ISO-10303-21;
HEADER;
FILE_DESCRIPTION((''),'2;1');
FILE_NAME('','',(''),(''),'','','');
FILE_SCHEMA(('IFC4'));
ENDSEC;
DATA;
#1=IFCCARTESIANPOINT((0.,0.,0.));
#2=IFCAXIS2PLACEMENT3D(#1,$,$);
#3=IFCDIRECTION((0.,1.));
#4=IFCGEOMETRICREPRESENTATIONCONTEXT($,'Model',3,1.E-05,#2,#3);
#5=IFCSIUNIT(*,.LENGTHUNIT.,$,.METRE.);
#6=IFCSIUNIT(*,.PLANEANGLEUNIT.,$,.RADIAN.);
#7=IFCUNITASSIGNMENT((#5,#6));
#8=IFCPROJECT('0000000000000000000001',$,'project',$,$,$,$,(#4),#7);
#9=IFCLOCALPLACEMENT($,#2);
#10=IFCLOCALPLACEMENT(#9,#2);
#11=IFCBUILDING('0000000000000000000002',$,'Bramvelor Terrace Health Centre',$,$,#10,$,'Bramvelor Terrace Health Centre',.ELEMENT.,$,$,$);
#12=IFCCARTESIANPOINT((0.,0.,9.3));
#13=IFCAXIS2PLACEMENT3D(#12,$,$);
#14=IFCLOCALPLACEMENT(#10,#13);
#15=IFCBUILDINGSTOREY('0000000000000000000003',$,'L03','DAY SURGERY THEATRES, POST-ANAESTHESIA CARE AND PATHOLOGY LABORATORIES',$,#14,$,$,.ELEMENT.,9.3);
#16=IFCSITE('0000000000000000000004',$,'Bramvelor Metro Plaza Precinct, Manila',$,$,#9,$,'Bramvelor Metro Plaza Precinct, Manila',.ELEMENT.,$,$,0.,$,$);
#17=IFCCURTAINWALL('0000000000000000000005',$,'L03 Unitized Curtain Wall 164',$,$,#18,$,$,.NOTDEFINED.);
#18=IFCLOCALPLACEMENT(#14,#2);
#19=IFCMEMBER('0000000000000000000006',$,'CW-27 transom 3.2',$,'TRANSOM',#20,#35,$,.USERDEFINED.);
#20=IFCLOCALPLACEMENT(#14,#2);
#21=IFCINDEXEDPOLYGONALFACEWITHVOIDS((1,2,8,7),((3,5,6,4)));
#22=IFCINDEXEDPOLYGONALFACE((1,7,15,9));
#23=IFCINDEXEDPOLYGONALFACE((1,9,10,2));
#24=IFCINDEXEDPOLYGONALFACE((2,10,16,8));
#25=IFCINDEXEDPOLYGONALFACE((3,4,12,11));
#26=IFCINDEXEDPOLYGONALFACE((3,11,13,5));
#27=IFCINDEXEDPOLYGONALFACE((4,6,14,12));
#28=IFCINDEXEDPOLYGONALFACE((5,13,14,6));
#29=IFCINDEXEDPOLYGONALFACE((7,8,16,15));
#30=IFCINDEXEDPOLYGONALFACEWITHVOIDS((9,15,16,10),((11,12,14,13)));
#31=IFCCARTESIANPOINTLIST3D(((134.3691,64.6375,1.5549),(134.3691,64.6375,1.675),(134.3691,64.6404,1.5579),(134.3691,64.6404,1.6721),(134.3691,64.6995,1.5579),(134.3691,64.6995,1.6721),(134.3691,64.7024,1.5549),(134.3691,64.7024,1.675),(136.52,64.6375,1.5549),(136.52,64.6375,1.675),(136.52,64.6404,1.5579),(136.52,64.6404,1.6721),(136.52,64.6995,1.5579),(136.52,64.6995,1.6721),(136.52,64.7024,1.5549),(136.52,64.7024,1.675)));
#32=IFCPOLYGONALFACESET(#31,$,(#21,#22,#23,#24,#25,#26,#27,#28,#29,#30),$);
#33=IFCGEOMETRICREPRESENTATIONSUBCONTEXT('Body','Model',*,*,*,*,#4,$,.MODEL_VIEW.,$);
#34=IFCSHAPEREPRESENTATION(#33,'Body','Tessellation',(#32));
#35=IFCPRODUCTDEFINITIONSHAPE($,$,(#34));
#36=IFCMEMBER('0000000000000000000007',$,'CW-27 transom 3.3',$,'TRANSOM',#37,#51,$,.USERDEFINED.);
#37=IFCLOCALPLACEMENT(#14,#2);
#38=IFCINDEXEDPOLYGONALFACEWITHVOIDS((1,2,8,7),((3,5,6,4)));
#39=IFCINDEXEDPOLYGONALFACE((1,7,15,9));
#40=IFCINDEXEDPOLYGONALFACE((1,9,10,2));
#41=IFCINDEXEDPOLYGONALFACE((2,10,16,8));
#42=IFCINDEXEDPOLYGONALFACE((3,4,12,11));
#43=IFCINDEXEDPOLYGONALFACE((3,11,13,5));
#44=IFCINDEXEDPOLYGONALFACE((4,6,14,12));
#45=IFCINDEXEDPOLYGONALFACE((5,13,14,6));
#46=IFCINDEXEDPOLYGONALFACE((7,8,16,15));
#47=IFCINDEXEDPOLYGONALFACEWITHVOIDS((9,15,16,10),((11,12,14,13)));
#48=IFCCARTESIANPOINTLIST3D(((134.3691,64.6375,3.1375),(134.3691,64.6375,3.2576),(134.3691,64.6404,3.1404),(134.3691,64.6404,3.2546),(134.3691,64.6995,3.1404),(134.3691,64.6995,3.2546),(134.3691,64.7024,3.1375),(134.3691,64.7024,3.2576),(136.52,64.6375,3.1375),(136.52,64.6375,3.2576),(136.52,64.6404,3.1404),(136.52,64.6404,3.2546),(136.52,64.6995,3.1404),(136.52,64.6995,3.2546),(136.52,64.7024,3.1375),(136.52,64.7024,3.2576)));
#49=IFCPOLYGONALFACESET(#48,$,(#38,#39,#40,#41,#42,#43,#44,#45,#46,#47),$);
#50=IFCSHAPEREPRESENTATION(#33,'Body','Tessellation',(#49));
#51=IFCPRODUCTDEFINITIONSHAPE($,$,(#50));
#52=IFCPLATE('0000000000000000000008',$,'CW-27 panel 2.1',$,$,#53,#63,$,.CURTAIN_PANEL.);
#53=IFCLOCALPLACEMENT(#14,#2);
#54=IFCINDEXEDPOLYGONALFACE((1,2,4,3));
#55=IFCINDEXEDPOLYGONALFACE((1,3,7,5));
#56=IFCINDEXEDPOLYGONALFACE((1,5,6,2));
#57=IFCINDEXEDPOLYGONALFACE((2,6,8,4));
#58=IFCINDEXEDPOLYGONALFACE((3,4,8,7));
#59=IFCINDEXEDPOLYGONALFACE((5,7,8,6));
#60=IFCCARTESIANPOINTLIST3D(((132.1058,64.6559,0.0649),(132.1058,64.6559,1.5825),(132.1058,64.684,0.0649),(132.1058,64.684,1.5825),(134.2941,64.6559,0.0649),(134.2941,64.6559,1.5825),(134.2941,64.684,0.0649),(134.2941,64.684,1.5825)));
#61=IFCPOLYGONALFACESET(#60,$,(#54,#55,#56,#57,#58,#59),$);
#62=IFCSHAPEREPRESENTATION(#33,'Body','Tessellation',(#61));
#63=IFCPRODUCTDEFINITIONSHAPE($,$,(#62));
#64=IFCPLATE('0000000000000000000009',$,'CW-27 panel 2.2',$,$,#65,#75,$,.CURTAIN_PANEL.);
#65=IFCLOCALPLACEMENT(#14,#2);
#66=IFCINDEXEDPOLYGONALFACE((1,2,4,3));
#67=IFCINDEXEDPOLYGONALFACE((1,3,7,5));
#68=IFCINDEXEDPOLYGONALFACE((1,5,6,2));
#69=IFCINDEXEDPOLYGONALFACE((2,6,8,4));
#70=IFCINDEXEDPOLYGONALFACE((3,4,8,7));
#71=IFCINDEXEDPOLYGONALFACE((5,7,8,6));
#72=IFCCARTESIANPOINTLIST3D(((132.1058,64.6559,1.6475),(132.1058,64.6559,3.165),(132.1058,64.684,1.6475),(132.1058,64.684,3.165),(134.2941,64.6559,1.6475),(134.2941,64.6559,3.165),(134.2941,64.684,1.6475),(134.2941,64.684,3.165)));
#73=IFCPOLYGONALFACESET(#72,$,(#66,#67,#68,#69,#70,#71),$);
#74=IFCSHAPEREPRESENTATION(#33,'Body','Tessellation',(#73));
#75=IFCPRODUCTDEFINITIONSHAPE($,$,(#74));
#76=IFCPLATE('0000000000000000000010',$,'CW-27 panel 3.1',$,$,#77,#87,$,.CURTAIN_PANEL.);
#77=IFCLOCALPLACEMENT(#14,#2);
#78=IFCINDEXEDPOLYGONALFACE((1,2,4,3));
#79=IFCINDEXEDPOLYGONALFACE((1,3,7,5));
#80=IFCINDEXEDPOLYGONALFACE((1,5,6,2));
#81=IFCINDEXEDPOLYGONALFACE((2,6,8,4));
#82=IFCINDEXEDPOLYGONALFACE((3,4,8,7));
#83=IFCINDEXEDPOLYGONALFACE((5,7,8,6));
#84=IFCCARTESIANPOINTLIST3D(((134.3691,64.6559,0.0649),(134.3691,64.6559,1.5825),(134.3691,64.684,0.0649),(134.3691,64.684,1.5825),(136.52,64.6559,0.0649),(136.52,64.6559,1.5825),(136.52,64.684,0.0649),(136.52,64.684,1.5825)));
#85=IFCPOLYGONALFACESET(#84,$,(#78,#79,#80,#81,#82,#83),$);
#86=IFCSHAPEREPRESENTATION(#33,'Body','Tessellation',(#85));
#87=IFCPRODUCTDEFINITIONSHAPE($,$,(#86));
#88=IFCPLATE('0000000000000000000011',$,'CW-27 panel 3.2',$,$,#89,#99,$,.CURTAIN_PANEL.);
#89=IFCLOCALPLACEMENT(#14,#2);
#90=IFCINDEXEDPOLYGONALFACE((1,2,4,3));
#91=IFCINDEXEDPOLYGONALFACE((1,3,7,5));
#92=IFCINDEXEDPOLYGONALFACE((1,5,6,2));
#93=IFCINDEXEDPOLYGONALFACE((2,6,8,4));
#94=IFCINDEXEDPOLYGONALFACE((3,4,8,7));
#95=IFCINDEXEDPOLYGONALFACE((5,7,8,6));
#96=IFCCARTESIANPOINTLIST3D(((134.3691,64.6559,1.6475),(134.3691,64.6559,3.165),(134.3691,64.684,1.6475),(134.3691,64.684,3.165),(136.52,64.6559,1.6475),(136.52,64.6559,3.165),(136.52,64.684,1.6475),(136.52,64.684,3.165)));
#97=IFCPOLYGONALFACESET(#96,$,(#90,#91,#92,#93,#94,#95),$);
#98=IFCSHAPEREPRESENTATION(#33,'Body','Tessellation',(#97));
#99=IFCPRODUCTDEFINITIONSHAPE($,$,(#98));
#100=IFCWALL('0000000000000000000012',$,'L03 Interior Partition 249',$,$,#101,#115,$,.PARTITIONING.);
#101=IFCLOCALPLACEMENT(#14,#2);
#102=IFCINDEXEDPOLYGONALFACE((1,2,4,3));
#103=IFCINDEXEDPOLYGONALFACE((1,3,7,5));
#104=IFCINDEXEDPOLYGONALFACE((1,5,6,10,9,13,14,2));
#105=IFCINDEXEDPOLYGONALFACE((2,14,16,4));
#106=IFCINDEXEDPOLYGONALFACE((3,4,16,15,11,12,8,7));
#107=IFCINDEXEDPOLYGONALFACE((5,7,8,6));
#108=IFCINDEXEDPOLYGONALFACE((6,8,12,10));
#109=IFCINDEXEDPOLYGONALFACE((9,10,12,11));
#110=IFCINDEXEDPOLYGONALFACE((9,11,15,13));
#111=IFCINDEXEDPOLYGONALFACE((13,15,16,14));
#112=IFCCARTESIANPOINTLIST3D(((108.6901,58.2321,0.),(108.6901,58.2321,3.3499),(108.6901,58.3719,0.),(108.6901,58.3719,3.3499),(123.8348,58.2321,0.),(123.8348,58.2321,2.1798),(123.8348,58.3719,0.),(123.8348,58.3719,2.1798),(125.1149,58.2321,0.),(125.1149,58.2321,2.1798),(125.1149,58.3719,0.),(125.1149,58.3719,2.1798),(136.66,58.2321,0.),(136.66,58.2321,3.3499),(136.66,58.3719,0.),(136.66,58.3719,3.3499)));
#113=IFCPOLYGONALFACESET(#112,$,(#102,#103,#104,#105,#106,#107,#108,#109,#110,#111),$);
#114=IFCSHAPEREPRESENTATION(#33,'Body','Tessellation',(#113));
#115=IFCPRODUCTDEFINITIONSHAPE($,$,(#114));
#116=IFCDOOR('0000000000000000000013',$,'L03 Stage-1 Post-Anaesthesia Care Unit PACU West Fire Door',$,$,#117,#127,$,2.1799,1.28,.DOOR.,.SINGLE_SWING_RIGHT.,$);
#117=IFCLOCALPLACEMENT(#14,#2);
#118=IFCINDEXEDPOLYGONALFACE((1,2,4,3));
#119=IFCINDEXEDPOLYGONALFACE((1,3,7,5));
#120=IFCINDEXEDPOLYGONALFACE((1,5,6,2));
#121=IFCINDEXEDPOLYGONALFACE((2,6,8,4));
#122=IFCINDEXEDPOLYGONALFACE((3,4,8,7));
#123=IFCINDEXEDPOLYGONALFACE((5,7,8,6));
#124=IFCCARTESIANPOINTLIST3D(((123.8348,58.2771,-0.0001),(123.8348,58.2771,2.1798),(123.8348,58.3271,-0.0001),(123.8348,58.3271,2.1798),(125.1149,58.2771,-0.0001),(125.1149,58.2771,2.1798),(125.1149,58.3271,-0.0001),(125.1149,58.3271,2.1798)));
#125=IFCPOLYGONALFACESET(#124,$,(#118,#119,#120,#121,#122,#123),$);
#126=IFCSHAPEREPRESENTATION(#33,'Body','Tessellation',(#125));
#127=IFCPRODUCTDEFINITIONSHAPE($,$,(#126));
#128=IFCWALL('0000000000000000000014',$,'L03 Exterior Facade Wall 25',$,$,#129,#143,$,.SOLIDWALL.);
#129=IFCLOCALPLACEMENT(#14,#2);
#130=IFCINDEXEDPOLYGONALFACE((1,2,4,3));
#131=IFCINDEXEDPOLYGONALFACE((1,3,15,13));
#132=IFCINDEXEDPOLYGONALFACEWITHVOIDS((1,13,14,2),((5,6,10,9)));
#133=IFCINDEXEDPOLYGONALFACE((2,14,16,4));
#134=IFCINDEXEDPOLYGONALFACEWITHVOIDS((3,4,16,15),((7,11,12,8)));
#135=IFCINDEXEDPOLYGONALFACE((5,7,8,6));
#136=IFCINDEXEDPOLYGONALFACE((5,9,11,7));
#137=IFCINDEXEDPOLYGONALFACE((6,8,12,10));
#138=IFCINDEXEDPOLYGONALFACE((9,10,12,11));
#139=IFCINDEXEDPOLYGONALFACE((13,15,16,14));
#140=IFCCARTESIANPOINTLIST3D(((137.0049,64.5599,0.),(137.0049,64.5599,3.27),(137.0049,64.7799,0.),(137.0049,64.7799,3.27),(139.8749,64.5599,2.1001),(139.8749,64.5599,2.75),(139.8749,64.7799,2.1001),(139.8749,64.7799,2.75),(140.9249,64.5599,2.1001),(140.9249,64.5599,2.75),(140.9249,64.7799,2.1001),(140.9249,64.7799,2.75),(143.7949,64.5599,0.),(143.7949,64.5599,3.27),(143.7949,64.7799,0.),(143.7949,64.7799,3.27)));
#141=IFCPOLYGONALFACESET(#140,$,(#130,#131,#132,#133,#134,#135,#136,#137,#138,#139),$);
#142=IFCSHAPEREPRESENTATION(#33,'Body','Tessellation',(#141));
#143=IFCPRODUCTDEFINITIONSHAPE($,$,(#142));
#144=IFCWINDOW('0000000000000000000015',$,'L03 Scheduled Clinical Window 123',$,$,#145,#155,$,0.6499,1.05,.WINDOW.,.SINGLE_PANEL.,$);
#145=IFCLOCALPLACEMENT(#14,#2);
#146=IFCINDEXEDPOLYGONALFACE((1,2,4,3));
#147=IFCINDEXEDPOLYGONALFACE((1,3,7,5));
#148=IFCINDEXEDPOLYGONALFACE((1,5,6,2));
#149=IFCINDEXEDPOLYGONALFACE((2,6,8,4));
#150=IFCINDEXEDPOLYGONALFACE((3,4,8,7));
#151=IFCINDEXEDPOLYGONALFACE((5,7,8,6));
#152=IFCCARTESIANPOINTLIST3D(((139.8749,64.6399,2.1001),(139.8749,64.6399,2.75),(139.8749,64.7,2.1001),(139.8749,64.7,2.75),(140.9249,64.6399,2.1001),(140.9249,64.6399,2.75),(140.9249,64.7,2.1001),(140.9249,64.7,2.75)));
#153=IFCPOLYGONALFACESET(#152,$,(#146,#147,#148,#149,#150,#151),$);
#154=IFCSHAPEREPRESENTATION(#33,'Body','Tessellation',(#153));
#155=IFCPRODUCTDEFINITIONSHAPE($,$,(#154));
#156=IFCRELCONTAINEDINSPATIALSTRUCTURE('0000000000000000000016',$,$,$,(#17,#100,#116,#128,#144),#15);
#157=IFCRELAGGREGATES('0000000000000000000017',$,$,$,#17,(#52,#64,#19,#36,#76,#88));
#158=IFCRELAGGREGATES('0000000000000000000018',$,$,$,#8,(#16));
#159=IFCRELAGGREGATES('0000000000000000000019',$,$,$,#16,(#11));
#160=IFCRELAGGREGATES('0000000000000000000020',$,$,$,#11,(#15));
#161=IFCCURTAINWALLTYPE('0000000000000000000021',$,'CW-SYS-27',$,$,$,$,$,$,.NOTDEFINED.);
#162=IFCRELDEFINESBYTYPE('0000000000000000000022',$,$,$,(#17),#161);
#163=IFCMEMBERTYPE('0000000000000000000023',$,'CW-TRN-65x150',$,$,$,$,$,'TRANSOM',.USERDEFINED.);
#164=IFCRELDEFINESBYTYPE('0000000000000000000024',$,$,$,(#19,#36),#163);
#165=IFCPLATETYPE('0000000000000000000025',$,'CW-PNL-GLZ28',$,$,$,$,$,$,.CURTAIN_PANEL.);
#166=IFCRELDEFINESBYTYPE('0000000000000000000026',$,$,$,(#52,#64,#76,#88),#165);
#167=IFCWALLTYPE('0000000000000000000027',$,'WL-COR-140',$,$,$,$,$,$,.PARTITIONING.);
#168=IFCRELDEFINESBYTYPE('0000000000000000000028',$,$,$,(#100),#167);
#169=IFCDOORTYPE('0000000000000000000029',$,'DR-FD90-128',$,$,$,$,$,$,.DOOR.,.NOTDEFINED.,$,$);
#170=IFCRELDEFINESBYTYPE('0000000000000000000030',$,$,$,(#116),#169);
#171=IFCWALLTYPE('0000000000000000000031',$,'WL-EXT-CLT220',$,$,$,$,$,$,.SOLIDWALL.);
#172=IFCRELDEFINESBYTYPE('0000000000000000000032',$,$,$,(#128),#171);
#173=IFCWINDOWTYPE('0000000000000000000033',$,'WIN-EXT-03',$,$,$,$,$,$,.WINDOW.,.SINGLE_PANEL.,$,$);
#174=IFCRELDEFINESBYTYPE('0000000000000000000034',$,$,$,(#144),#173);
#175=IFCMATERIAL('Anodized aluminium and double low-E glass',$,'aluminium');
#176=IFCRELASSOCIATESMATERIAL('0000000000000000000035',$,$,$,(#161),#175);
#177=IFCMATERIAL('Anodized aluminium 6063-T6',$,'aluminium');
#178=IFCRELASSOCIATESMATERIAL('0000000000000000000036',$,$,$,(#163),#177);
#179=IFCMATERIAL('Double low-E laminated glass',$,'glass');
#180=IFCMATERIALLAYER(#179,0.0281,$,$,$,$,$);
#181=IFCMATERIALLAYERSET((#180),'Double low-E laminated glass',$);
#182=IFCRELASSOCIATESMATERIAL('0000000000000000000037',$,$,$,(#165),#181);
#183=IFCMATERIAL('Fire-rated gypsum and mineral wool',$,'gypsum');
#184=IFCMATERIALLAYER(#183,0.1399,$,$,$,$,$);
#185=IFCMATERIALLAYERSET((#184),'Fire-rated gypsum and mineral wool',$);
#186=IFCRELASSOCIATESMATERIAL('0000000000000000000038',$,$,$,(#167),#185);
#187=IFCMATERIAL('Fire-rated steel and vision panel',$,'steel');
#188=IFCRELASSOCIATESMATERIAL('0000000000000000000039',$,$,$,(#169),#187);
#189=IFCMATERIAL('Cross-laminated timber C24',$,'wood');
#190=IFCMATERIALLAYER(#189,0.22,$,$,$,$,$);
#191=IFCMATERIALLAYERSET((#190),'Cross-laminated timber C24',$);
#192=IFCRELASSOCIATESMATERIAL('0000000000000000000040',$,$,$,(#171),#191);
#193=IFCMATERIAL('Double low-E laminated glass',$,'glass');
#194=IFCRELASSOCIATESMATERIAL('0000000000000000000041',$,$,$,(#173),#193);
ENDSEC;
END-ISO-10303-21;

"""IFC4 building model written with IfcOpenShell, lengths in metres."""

from ifc_helpers import new_model, si_unit, direction, frame, frame_2d, origin, origin_2d, place, context, subcontext, project, spatial, rectangle, hollow_rectangle, extrude, material, layer, layer_set, material_profile, profile_set, type_object, element, fill, aggregate, save


model = new_model("IFC4")

# Units and contexts
model_context = context("Model", 3, precision=1e-05, world=origin(), true_north=direction((0.0, 1.0)))
body_context = subcontext(model_context, "Body", "Model", "MODEL_VIEW")
ifc_project = project(units=[si_unit("LENGTHUNIT", "METRE"), si_unit("PLANEANGLEUNIT", "RADIAN")], contexts=[model_context])

# Site, building, storey
site_placement = place(None, origin())
site = spatial("IfcSite", under=ifc_project, at=site_placement, Name="Bramvelor Metro Plaza Precinct, Manila", LongName="Bramvelor Metro Plaza Precinct, Manila", CompositionType="ELEMENT", RefElevation=0.0)
building_placement = place(site_placement, origin())
building = spatial("IfcBuilding", under=site, at=building_placement, Name="Bramvelor Terrace Health Centre", LongName="Bramvelor Terrace Health Centre", CompositionType="ELEMENT")
storey_placement = place(building_placement, frame((0.0, 0.0, 9.3)))
storey = spatial("IfcBuildingStorey", under=building, at=storey_placement, Name="L03", Description="DAY SURGERY THEATRES, POST-ANAESTHESIA CARE AND PATHOLOGY LABORATORIES", CompositionType="ELEMENT", Elevation=9.3)

# Curtain wall, members, plates
ifc_material_1 = material(Name="Anodized aluminium and double low-E glass", Category="aluminium")
curtain_wall_type = type_object("IfcCurtainWallType", Name="CW-SYS-27", PredefinedType="NOTDEFINED", material=ifc_material_1)
curtain_wall_placement = place(storey_placement, origin())
curtain_wall = element("IfcCurtainWall", 1, at=curtain_wall_placement, inside=storey, type_object=curtain_wall_type, Name="L03 Unitized Curtain Wall 164", PredefinedType="NOTDEFINED")
ifc_material_2 = material(Name="Anodized aluminium 6063-T6", Category="aluminium")
ifc_material_profile_1 = material_profile(ifc_material_2, hollow_rectangle(XDim=0.0649, YDim=0.1201, WallThickness=0.0029, at=origin_2d()), Name="ALU-TRN 65x120x3.0")
ifc_profile_set_1 = profile_set([ifc_material_profile_1], Name="Anodized aluminium 6063-T6")
member_type_1 = type_object("IfcMemberType", Name="CW-TRN-65x150", ElementType="TRANSOM", PredefinedType="USERDEFINED", material=ifc_profile_set_1)
member_1_placement = place(storey_placement, frame((134.3691, 64.6699, 1.615), z_axis=(1.0, 0.0, 0.0), x_axis=(0.0, 1.0, 0.0)))
member_1 = element("IfcMember", 2, at=member_1_placement, type_object=member_type_1, Name="CW-27 transom 3.2", ObjectType="TRANSOM", PredefinedType="USERDEFINED", context=body_context, shape_type="SweptSolid", body=[
    extrude(hollow_rectangle(XDim=0.0649, YDim=0.1201, WallThickness=0.0029, at=origin_2d()), origin(), (0.0, 0.0, 1.0), 2.1509),
])
member_2_placement = place(storey_placement, frame((134.3691, 64.6699, 3.1975), z_axis=(1.0, 0.0, 0.0), x_axis=(0.0, 1.0, 0.0)))
member_2 = element("IfcMember", 3, at=member_2_placement, type_object=member_type_1, Name="CW-27 transom 3.3", ObjectType="TRANSOM", PredefinedType="USERDEFINED", context=body_context, shape_type="SweptSolid", body=[
    extrude(hollow_rectangle(XDim=0.0649, YDim=0.1201, WallThickness=0.0029, at=origin_2d()), origin(), (0.0, 0.0, 1.0), 2.1509),
])
ifc_material_3 = material(Name="Double low-E laminated glass", Category="glass")
ifc_layer_1 = layer(ifc_material_3, 0.0281)
ifc_layer_set_1 = layer_set([ifc_layer_1], Name="Double low-E laminated glass")
plate_type = type_object("IfcPlateType", Name="CW-PNL-GLZ28", PredefinedType="CURTAIN_PANEL", material=ifc_layer_set_1)
plate_1_placement = place(storey_placement, frame((133.2, 64.6699, 0.0649), z_axis=(0.0, 0.0, 1.0), x_axis=(1.0, 0.0, 0.0)))
plate_1 = element("IfcPlate", 4, at=plate_1_placement, type_object=plate_type, Name="CW-27 panel 2.1", PredefinedType="CURTAIN_PANEL", context=body_context, shape_type="SweptSolid", body=[
    extrude(rectangle(XDim=2.1882, YDim=0.0281, at=origin_2d()), origin(), (0.0, 0.0, 1.0), 1.5176),
])
plate_2_placement = place(storey_placement, frame((133.2, 64.6699, 1.6475), z_axis=(0.0, 0.0, 1.0), x_axis=(1.0, 0.0, 0.0)))
plate_2 = element("IfcPlate", 5, at=plate_2_placement, type_object=plate_type, Name="CW-27 panel 2.2", PredefinedType="CURTAIN_PANEL", context=body_context, shape_type="SweptSolid", body=[
    extrude(rectangle(XDim=2.1882, YDim=0.0281, at=origin_2d()), origin(), (0.0, 0.0, 1.0), 1.5176),
])
plate_3_placement = place(storey_placement, frame((135.4446, 64.6699, 0.0649), z_axis=(0.0, 0.0, 1.0), x_axis=(1.0, 0.0, 0.0)))
plate_3 = element("IfcPlate", 6, at=plate_3_placement, type_object=plate_type, Name="CW-27 panel 3.1", PredefinedType="CURTAIN_PANEL", context=body_context, shape_type="SweptSolid", body=[
    extrude(rectangle(XDim=2.1509, YDim=0.0281, at=origin_2d()), origin(), (0.0, 0.0, 1.0), 1.5176),
])
plate_4_placement = place(storey_placement, frame((135.4446, 64.6699, 1.6475), z_axis=(0.0, 0.0, 1.0), x_axis=(1.0, 0.0, 0.0)))
plate_4 = element("IfcPlate", 7, at=plate_4_placement, type_object=plate_type, Name="CW-27 panel 3.2", PredefinedType="CURTAIN_PANEL", context=body_context, shape_type="SweptSolid", body=[
    extrude(rectangle(XDim=2.1509, YDim=0.0281, at=origin_2d()), origin(), (0.0, 0.0, 1.0), 1.5176),
])
aggregate(curtain_wall, [plate_1, plate_2, member_1, member_2, plate_3, plate_4])

# Wall, opening, door
ifc_material_4 = material(Name="Fire-rated gypsum and mineral wool", Category="gypsum")
ifc_layer_2 = layer(ifc_material_4, 0.1399)
ifc_layer_set_2 = layer_set([ifc_layer_2], Name="Fire-rated gypsum and mineral wool")
wall_type_1 = type_object("IfcWallType", Name="WL-COR-140", PredefinedType="PARTITIONING", material=ifc_layer_set_2)
wall_1_placement = place(storey_placement, frame((136.6599, 58.302, 0.0), z_axis=(0.0, 0.0, 1.0), x_axis=(-1.0, 0.0, 0.0)))
wall_1 = element("IfcWall", 8, at=wall_1_placement, inside=storey, type_object=wall_type_1, Name="L03 Interior Partition 249", PredefinedType="PARTITIONING", context=body_context, shape_type="SweptSolid", body=[
    extrude(rectangle(XDim=27.97, YDim=0.1399, at=frame_2d((13.9849, 0.0))), origin(), (0.0, 0.0, 1.0), 3.3499),
])
opening_1_placement = place(wall_1_placement, frame((11.5449, 0.0, 0.0)))
opening_1 = element("IfcOpeningElement", 9, at=opening_1_placement, cuts=wall_1, PredefinedType="OPENING", context=body_context, shape_type="SweptSolid", body=[
    extrude(rectangle(XDim=1.28, YDim=2.1799, at=frame_2d((0.6401, 1.0898))), frame((0.0, 0.0798, 0.0), z_axis=(0.0, -1.0, 0.0), x_axis=(1.0, 0.0, 0.0)), (0.0, 0.0, 1.0), 0.1599),
])
ifc_material_5 = material(Name="Fire-rated steel and vision panel", Category="steel")
door_type_1 = type_object("IfcDoorType", Name="DR-FD90-128", OperationType="NOTDEFINED", PredefinedType="DOOR", material=ifc_material_5)
door_1_placement = place(opening_1_placement, origin())
door_1 = element("IfcDoor", 10, at=door_1_placement, inside=storey, type_object=door_type_1, Name="L03 Stage-1 Post-Anaesthesia Care Unit PACU West Fire Door", OperationType="SINGLE_SWING_RIGHT", OverallHeight=2.1799, OverallWidth=1.28, PredefinedType="DOOR", context=body_context, shape_type="SweptSolid", body=[
    extrude(rectangle(XDim=1.28, YDim=2.1799, at=frame_2d((0.6401, 1.0898))), frame((0.0, 0.0249, 0.0), z_axis=(0.0, -1.0, 0.0), x_axis=(1.0, 0.0, 0.0)), (0.0, 0.0, 1.0), 0.05),
])
fill(opening_1, door_1)

# Wall, opening, window
ifc_material_6 = material(Name="Cross-laminated timber C24", Category="wood")
ifc_layer_3 = layer(ifc_material_6, 0.22)
ifc_layer_set_3 = layer_set([ifc_layer_3], Name="Cross-laminated timber C24")
wall_type_2 = type_object("IfcWallType", Name="WL-EXT-CLT220", PredefinedType="SOLIDWALL", material=ifc_layer_set_3)
wall_2_placement = place(storey_placement, frame((137.0049, 64.6699, 0.0), z_axis=(0.0, 0.0, 1.0), x_axis=(1.0, 0.0, 0.0)))
wall_2 = element("IfcWall", 11, at=wall_2_placement, inside=storey, type_object=wall_type_2, Name="L03 Exterior Facade Wall 25", PredefinedType="SOLIDWALL", context=body_context, shape_type="SweptSolid", body=[
    extrude(rectangle(XDim=6.79, YDim=0.22, at=frame_2d((3.395, 0.0))), origin(), (0.0, 0.0, 1.0), 3.27),
])
opening_2_placement = place(wall_2_placement, frame((2.8701, 0.0, 2.1001)))
opening_2 = element("IfcOpeningElement", 12, at=opening_2_placement, cuts=wall_2, PredefinedType="OPENING", context=body_context, shape_type="SweptSolid", body=[
    extrude(rectangle(XDim=1.05, YDim=0.6499, at=frame_2d((0.5249, 0.325))), frame((0.0, 0.1199, 0.0), z_axis=(0.0, -1.0, 0.0), x_axis=(1.0, 0.0, 0.0)), (0.0, 0.0, 1.0), 0.24),
])
ifc_material_7 = material(Name="Double low-E laminated glass", Category="glass")
window_type = type_object("IfcWindowType", Name="WIN-EXT-03", PartitioningType="SINGLE_PANEL", PredefinedType="WINDOW", material=ifc_material_7)
window_placement = place(opening_2_placement, origin())
window = element("IfcWindow", 13, at=window_placement, inside=storey, type_object=window_type, Name="L03 Scheduled Clinical Window 123", OverallHeight=0.6499, OverallWidth=1.05, PartitioningType="SINGLE_PANEL", PredefinedType="WINDOW", context=body_context, shape_type="SweptSolid", body=[
    extrude(rectangle(XDim=1.05, YDim=0.6499, at=frame_2d((0.5249, 0.325))), frame((0.0, 0.03, 0.0), z_axis=(0.0, -1.0, 0.0), x_axis=(1.0, 0.0, 0.0)), (0.0, 0.0, 1.0), 0.0601),
])
fill(opening_2, window)

save(model, "model.ifc")
